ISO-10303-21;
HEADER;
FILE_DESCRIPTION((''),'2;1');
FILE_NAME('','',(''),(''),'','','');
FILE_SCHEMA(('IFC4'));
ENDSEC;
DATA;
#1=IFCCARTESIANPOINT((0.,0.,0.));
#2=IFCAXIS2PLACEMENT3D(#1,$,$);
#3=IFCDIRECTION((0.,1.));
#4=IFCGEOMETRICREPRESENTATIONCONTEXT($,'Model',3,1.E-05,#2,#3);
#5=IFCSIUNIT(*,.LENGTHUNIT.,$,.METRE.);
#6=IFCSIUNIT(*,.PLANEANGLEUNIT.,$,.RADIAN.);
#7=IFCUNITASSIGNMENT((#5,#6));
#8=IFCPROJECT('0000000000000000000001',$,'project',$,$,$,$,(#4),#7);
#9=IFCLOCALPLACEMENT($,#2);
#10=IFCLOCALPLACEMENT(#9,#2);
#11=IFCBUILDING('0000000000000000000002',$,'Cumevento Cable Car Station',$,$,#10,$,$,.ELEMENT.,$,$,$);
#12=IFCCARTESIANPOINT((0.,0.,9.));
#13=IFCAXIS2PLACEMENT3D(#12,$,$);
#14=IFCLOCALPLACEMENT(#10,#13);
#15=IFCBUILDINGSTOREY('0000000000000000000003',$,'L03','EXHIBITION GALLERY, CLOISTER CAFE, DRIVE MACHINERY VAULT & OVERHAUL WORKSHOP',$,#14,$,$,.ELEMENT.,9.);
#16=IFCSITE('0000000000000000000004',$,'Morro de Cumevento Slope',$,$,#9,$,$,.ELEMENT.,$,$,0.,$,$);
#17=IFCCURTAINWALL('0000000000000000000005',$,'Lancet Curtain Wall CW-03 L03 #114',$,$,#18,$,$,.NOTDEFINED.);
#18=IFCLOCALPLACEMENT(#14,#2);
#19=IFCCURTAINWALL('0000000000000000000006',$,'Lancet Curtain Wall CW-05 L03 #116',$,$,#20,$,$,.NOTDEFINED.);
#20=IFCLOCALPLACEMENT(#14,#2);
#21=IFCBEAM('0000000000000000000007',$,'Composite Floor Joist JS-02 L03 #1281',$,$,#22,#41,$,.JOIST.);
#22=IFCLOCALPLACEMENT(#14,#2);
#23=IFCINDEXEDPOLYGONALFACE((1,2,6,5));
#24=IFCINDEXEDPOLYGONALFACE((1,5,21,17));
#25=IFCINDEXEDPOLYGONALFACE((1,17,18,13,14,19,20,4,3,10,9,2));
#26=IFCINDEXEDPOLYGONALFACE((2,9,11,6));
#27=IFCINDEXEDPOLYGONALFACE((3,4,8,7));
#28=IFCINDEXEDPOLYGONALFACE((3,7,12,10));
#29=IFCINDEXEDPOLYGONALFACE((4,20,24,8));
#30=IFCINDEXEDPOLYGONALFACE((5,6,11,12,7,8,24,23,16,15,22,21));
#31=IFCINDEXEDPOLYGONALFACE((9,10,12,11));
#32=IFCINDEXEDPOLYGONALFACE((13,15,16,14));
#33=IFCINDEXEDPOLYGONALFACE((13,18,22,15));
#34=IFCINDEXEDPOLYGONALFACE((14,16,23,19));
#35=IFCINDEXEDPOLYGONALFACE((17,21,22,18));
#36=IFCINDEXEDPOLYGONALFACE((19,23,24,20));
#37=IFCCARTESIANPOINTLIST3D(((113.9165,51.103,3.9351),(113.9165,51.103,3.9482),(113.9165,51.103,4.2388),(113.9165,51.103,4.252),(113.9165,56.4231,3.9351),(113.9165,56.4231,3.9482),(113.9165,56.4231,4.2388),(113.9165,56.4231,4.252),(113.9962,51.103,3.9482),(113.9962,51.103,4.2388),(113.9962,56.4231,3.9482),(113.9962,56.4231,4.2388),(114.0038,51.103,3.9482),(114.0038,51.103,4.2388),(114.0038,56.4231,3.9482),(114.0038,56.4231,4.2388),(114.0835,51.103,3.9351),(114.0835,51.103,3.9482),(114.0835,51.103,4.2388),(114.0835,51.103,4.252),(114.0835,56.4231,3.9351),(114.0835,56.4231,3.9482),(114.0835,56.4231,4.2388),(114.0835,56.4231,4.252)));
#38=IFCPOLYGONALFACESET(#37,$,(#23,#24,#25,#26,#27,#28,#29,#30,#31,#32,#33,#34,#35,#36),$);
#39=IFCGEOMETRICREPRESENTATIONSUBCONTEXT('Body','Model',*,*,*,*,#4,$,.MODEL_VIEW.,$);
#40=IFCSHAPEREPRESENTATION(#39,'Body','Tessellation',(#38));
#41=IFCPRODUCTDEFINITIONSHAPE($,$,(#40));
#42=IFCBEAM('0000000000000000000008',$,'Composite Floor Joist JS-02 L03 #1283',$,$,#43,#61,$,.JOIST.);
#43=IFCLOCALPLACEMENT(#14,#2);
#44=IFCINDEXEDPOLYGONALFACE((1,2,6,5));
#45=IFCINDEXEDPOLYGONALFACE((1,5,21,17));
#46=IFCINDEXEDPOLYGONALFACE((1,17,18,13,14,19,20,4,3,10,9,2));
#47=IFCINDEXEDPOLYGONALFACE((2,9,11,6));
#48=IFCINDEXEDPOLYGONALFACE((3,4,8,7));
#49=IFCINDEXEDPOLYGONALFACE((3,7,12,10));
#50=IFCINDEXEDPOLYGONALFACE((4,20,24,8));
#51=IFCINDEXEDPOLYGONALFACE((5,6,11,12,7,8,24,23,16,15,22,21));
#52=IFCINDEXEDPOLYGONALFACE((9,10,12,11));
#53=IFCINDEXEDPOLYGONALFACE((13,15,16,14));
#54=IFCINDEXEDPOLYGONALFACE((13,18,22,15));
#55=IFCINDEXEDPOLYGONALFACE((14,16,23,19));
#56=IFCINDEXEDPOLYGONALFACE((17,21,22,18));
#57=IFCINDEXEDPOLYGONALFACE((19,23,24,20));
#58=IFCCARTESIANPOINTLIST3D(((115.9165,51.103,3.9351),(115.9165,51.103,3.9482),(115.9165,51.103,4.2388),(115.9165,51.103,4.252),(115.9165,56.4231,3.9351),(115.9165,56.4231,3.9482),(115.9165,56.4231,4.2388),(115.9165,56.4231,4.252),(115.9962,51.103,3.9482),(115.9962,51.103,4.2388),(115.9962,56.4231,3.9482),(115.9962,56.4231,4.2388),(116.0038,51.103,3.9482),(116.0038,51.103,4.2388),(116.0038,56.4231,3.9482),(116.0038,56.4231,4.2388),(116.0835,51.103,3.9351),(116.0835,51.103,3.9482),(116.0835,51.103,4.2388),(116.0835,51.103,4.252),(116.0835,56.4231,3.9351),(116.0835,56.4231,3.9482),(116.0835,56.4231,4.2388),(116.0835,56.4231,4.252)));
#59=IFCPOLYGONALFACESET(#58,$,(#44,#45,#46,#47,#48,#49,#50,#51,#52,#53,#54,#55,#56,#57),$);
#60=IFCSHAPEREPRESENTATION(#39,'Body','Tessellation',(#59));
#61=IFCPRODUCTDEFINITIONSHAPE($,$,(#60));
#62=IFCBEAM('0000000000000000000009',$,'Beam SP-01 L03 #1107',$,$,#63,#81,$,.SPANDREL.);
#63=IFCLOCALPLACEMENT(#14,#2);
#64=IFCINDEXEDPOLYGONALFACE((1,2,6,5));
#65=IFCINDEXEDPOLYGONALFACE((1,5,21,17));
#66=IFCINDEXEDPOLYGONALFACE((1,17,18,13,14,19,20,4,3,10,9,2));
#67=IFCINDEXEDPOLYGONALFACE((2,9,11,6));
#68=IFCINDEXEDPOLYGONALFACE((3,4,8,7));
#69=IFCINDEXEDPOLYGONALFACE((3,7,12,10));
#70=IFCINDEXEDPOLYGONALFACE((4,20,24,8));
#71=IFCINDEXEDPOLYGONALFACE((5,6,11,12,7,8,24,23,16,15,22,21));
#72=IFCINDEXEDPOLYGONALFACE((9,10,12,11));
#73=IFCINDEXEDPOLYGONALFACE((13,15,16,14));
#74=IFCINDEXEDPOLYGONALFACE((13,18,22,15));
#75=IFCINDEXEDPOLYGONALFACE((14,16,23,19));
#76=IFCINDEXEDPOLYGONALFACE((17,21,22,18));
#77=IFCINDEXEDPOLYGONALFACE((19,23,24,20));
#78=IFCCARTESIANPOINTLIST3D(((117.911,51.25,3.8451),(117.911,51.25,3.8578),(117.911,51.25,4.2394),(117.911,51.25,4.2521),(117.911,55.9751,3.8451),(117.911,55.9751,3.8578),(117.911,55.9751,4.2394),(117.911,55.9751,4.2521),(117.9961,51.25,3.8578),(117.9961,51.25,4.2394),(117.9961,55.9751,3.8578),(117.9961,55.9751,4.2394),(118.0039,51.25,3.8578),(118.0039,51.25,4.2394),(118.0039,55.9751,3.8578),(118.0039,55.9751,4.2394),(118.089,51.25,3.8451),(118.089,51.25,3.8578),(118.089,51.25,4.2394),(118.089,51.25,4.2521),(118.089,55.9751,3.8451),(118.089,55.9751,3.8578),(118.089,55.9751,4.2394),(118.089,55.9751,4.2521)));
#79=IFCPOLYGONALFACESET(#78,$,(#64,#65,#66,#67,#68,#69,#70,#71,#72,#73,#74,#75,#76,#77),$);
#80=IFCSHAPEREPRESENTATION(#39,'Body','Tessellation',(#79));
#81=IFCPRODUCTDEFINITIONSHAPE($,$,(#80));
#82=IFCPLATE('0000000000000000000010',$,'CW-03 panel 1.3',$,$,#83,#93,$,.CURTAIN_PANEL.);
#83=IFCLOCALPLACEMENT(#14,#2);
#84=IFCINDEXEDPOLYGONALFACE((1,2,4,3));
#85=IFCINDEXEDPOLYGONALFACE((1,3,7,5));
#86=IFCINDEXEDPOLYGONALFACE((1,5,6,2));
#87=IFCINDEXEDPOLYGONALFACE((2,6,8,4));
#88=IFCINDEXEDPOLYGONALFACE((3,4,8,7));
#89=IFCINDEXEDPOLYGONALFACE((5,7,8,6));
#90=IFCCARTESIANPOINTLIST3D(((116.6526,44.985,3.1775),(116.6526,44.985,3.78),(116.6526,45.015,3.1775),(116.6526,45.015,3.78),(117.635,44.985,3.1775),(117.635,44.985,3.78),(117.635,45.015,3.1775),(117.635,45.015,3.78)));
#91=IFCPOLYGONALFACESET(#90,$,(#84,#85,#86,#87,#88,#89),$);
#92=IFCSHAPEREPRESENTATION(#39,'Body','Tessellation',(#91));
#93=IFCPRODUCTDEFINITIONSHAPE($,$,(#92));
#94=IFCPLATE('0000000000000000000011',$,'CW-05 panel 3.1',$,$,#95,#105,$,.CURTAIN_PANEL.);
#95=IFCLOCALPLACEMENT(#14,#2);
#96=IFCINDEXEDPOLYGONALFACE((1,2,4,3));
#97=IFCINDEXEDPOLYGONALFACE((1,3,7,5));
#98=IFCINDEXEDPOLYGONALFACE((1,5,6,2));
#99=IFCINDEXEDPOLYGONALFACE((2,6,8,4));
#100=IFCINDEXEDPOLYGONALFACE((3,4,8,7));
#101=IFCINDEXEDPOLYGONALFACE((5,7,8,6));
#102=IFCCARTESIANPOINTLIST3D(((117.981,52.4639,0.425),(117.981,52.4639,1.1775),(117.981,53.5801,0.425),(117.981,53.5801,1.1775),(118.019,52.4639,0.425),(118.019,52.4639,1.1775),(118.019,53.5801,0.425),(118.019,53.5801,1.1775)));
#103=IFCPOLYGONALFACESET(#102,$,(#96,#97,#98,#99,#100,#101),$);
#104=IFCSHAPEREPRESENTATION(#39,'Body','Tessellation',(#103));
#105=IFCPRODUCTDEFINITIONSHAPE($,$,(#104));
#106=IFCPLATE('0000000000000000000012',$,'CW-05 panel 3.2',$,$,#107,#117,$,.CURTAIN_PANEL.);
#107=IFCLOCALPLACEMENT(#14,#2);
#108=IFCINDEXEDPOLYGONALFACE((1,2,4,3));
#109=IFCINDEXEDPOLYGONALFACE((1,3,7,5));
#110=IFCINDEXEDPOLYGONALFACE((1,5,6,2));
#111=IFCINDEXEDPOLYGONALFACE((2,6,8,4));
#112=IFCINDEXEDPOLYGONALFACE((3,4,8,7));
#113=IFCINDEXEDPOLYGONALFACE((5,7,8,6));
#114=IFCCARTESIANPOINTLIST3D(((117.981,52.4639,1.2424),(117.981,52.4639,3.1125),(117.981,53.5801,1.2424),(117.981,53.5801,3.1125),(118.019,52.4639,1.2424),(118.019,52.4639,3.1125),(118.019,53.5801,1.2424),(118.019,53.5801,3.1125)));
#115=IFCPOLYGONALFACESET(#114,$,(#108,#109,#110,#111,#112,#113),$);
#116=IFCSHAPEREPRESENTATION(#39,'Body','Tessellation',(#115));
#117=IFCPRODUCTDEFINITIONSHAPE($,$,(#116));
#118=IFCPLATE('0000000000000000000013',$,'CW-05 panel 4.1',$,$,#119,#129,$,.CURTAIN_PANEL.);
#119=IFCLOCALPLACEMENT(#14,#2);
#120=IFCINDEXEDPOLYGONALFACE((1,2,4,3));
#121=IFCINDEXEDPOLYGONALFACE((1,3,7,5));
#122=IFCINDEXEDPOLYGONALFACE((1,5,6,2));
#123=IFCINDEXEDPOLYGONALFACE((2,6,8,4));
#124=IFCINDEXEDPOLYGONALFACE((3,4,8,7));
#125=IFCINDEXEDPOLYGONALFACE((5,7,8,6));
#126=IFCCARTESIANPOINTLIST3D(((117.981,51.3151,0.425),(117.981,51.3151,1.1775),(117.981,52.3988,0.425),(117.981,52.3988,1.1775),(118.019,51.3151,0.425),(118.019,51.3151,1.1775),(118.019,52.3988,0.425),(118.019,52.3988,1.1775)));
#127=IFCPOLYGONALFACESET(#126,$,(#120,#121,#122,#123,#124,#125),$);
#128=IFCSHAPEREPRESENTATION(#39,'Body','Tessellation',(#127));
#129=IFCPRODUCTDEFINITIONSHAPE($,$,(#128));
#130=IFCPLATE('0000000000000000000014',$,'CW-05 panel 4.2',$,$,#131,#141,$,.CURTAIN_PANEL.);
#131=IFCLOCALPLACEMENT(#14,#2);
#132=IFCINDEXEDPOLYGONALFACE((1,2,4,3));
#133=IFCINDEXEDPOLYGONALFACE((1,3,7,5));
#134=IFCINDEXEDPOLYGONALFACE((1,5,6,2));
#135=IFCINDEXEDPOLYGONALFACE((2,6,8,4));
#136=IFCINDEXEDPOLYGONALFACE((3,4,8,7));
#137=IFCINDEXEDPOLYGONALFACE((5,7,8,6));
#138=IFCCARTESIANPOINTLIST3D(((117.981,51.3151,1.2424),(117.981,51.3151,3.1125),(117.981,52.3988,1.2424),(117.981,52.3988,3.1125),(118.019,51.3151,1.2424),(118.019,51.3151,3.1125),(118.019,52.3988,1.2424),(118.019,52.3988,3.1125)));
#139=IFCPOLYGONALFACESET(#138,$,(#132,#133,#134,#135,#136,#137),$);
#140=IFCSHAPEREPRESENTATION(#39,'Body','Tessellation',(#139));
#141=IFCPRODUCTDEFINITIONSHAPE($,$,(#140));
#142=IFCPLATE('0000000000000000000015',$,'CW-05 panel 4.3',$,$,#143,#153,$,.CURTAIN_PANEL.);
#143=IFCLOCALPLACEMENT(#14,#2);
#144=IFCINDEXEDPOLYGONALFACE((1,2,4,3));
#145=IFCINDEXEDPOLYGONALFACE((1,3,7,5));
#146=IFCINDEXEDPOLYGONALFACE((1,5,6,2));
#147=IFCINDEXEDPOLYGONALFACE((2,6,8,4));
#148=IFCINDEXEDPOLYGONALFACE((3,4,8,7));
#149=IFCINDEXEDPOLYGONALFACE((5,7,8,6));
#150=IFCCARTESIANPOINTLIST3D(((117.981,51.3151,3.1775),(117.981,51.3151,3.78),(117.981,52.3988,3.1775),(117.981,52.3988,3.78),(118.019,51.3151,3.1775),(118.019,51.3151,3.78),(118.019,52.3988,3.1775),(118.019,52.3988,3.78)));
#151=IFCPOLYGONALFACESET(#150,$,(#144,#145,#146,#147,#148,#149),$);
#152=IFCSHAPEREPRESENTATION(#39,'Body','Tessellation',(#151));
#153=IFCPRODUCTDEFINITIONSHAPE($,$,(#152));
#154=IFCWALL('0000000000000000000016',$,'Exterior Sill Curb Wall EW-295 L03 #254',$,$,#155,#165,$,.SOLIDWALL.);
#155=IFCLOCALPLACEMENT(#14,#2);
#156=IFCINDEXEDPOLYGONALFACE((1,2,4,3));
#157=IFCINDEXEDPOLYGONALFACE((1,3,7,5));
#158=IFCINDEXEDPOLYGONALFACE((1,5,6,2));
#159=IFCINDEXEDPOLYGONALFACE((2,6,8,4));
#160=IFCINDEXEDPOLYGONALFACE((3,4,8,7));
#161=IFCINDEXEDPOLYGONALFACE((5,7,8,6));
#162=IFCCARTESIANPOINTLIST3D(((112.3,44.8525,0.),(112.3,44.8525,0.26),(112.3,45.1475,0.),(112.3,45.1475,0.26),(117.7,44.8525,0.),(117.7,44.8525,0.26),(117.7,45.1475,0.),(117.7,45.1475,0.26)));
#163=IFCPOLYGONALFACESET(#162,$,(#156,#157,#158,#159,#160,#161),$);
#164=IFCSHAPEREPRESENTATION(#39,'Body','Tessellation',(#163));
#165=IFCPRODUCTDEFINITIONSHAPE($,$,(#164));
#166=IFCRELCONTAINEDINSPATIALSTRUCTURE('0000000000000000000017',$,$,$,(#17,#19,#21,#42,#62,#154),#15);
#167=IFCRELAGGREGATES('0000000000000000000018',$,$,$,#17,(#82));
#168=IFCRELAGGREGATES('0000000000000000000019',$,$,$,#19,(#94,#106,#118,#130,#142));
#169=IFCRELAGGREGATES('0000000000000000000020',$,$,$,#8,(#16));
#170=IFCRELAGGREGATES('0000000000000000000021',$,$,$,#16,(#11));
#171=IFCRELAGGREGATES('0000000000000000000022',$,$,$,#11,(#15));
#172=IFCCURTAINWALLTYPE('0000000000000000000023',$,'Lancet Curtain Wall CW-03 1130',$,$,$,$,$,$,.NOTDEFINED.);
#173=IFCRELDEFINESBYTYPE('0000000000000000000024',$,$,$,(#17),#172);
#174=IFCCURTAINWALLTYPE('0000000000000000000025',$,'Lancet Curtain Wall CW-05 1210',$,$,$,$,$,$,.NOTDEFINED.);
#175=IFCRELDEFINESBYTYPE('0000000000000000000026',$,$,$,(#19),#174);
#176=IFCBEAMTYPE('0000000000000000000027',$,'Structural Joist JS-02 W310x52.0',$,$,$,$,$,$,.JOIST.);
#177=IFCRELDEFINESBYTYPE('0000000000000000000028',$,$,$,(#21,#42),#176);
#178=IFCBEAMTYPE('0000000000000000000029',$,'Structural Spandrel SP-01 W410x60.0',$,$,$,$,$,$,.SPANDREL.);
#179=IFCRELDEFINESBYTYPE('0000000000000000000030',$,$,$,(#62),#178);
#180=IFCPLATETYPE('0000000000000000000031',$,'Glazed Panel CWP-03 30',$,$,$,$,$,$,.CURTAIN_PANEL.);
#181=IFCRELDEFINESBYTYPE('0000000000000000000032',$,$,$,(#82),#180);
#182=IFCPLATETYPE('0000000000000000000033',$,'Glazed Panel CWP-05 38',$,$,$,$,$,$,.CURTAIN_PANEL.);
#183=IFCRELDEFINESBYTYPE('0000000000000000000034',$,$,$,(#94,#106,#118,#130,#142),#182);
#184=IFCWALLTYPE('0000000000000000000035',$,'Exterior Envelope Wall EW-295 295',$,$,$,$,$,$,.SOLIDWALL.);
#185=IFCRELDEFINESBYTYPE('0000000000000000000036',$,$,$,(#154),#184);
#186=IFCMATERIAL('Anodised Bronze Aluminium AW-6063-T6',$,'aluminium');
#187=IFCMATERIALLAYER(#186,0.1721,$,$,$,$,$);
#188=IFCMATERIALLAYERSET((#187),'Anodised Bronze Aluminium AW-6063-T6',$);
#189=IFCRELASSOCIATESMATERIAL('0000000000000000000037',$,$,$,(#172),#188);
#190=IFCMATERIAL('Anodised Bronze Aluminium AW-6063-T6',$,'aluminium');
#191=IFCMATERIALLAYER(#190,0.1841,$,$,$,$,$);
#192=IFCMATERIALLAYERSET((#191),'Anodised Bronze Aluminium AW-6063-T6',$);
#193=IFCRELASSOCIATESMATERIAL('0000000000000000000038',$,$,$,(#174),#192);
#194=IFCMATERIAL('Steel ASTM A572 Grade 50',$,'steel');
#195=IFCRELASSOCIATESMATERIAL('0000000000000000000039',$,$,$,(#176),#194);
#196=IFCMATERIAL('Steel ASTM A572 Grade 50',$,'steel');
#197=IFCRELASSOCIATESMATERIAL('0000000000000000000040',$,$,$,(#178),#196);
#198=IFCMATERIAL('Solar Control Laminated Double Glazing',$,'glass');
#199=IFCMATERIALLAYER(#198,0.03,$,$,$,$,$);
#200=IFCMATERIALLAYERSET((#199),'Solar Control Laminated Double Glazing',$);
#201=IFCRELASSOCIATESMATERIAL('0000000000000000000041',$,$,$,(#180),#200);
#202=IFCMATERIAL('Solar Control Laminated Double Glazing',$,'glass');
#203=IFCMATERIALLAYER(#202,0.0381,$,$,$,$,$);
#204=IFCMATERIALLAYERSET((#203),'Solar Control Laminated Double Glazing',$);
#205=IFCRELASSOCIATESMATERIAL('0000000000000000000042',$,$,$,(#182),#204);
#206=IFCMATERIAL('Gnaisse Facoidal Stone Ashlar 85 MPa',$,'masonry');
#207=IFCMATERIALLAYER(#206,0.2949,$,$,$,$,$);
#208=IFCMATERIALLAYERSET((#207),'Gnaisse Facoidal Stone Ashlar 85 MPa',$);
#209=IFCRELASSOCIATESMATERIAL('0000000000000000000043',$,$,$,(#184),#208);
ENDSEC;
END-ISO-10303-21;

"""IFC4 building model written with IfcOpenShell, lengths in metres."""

from ifc_helpers import new_model, si_unit, direction, frame, frame_2d, origin, origin_2d, place, context, subcontext, project, spatial, rectangle, i_section, extrude, material, layer, layer_set, material_profile, profile_set, type_object, element, aggregate, save


model = new_model("IFC4")

# Units and contexts
model_context = context("Model", 3, precision=1e-05, world=origin(), true_north=direction((0.0, 1.0)))
body_context = subcontext(model_context, "Body", "Model", "MODEL_VIEW")
ifc_project = project(units=[si_unit("LENGTHUNIT", "METRE"), si_unit("PLANEANGLEUNIT", "RADIAN")], contexts=[model_context])

# Site, building, storey
site_placement = place(None, origin())
site = spatial("IfcSite", under=ifc_project, at=site_placement, Name="Morro de Cumevento Slope", CompositionType="ELEMENT", RefElevation=0.0)
building_placement = place(site_placement, origin())
building = spatial("IfcBuilding", under=site, at=building_placement, Name="Cumevento Cable Car Station", CompositionType="ELEMENT")
storey_placement = place(building_placement, frame((0.0, 0.0, 9.0)))
storey = spatial("IfcBuildingStorey", under=building, at=storey_placement, Name="L03", Description="EXHIBITION GALLERY, CLOISTER CAFE, DRIVE MACHINERY VAULT & OVERHAUL WORKSHOP", CompositionType="ELEMENT", Elevation=9.0)

# Curtain wall
ifc_material_1 = material(Name="Anodised Bronze Aluminium AW-6063-T6", Category="aluminium")
ifc_layer_1 = layer(ifc_material_1, 0.1721)
ifc_layer_set_1 = layer_set([ifc_layer_1], Name="Anodised Bronze Aluminium AW-6063-T6")
curtain_wall_type_1 = type_object("IfcCurtainWallType", Name="Lancet Curtain Wall CW-03 1130", PredefinedType="NOTDEFINED", material=ifc_layer_set_1)
curtain_wall_1_placement = place(storey_placement, origin())
curtain_wall_1 = element("IfcCurtainWall", 1, at=curtain_wall_1_placement, inside=storey, type_object=curtain_wall_type_1, Name="Lancet Curtain Wall CW-03 L03 #114", PredefinedType="NOTDEFINED")

# Curtain wall
ifc_material_2 = material(Name="Anodised Bronze Aluminium AW-6063-T6", Category="aluminium")
ifc_layer_2 = layer(ifc_material_2, 0.1841)
ifc_layer_set_2 = layer_set([ifc_layer_2], Name="Anodised Bronze Aluminium AW-6063-T6")
curtain_wall_type_2 = type_object("IfcCurtainWallType", Name="Lancet Curtain Wall CW-05 1210", PredefinedType="NOTDEFINED", material=ifc_layer_set_2)
curtain_wall_2_placement = place(storey_placement, origin())
curtain_wall_2 = element("IfcCurtainWall", 2, at=curtain_wall_2_placement, inside=storey, type_object=curtain_wall_type_2, Name="Lancet Curtain Wall CW-05 L03 #116", PredefinedType="NOTDEFINED")

# Beams
ifc_material_3 = material(Name="Steel ASTM A572 Grade 50", Category="steel")
ifc_material_profile_1 = material_profile(ifc_material_3, i_section(OverallWidth=0.167, OverallDepth=0.3169, WebThickness=0.0076, FlangeThickness=0.0132, at=origin_2d()), Name="W310x52.0")
ifc_profile_set_1 = profile_set([ifc_material_profile_1], Name="Steel ASTM A572 Grade 50")
beam_type_1 = type_object("IfcBeamType", Name="Structural Joist JS-02 W310x52.0", PredefinedType="JOIST", material=ifc_profile_set_1)
for number, where, z_axis, x_axis, name in (
    (3, (114.0, 51.103, 4.0935), (0.0, 1.0, 0.0), (-1.0, 0.0, 0.0), "Composite Floor Joist JS-02 L03 #1281"),
    (4, (116.0, 51.103, 4.0935), (0.0, 1.0, 0.0), (-1.0, 0.0, 0.0), "Composite Floor Joist JS-02 L03 #1283"),
):
    element("IfcBeam", number, at=place(storey_placement, frame(where, z_axis=z_axis, x_axis=x_axis)), inside=storey, type_object=beam_type_1, Name=name, PredefinedType="JOIST", context=body_context, shape_type="SweptSolid", body=[
        extrude(i_section(OverallWidth=0.167, OverallDepth=0.3169, WebThickness=0.0076, FlangeThickness=0.0132, at=origin_2d()), origin(), (0.0, 0.0, 1.0), 5.3201),
    ])
ifc_material_4 = material(Name="Steel ASTM A572 Grade 50", Category="steel")
ifc_material_profile_2 = material_profile(ifc_material_4, i_section(OverallWidth=0.178, OverallDepth=0.407, WebThickness=0.0078, FlangeThickness=0.0127, at=origin_2d()), Name="W410x60.0")
ifc_profile_set_2 = profile_set([ifc_material_profile_2], Name="Steel ASTM A572 Grade 50")
beam_type_2 = type_object("IfcBeamType", Name="Structural Spandrel SP-01 W410x60.0", PredefinedType="SPANDREL", material=ifc_profile_set_2)
beam_1_placement = place(storey_placement, frame((118.0, 51.25, 4.0486), z_axis=(0.0, 1.0, 0.0), x_axis=(-1.0, 0.0, 0.0)))
element("IfcBeam", 5, at=beam_1_placement, inside=storey, type_object=beam_type_2, Name="Beam SP-01 L03 #1107", PredefinedType="SPANDREL", context=body_context, shape_type="SweptSolid", body=[
    extrude(i_section(OverallWidth=0.178, OverallDepth=0.407, WebThickness=0.0078, FlangeThickness=0.0127, at=origin_2d()), origin(), (0.0, 0.0, 1.0), 4.7251),
])

# Plates
ifc_material_5 = material(Name="Solar Control Laminated Double Glazing", Category="glass")
ifc_layer_3 = layer(ifc_material_5, 0.03)
ifc_layer_set_3 = layer_set([ifc_layer_3], Name="Solar Control Laminated Double Glazing")
plate_type_1 = type_object("IfcPlateType", Name="Glazed Panel CWP-03 30", PredefinedType="CURTAIN_PANEL", material=ifc_layer_set_3)
plate_1_placement = place(storey_placement, frame((117.1438, 45.0, 3.1775), z_axis=(0.0, 0.0, 1.0), x_axis=(-1.0, 0.0, 0.0)))
plate_1 = element("IfcPlate", 6, at=plate_1_placement, type_object=plate_type_1, Name="CW-03 panel 1.3", PredefinedType="CURTAIN_PANEL", context=body_context, shape_type="SweptSolid", body=[
    extrude(rectangle(XDim=0.9824, YDim=0.03, at=origin_2d()), origin(), (0.0, 0.0, 1.0), 0.6025),
])
aggregate(curtain_wall_1, [plate_1])
ifc_material_6 = material(Name="Solar Control Laminated Double Glazing", Category="glass")
ifc_layer_4 = layer(ifc_material_6, 0.0381)
ifc_layer_set_4 = layer_set([ifc_layer_4], Name="Solar Control Laminated Double Glazing")
plate_type_2 = type_object("IfcPlateType", Name="Glazed Panel CWP-05 38", PredefinedType="CURTAIN_PANEL", material=ifc_layer_set_4)
plate_2_placement = place(storey_placement, frame((118.0, 53.022, 0.425), z_axis=(0.0, 0.0, 1.0), x_axis=(0.0, -1.0, 0.0)))
plate_2 = element("IfcPlate", 7, at=plate_2_placement, type_object=plate_type_2, Name="CW-05 panel 3.1", PredefinedType="CURTAIN_PANEL", context=body_context, shape_type="SweptSolid", body=[
    extrude(rectangle(XDim=1.1162, YDim=0.0381, at=origin_2d()), origin(), (0.0, 0.0, 1.0), 0.7524),
])
plate_3_placement = place(storey_placement, frame((118.0, 53.022, 1.2424), z_axis=(0.0, 0.0, 1.0), x_axis=(0.0, -1.0, 0.0)))
plate_3 = element("IfcPlate", 8, at=plate_3_placement, type_object=plate_type_2, Name="CW-05 panel 3.2", PredefinedType="CURTAIN_PANEL", context=body_context, shape_type="SweptSolid", body=[
    extrude(rectangle(XDim=1.1162, YDim=0.0381, at=origin_2d()), origin(), (0.0, 0.0, 1.0), 1.8701),
])
plate_4_placement = place(storey_placement, frame((118.0, 51.8569, 0.425), z_axis=(0.0, 0.0, 1.0), x_axis=(0.0, -1.0, 0.0)))
plate_4 = element("IfcPlate", 9, at=plate_4_placement, type_object=plate_type_2, Name="CW-05 panel 4.1", PredefinedType="CURTAIN_PANEL", context=body_context, shape_type="SweptSolid", body=[
    extrude(rectangle(XDim=1.0837, YDim=0.0381, at=origin_2d()), origin(), (0.0, 0.0, 1.0), 0.7524),
])
plate_5_placement = place(storey_placement, frame((118.0, 51.8569, 1.2424), z_axis=(0.0, 0.0, 1.0), x_axis=(0.0, -1.0, 0.0)))
plate_5 = element("IfcPlate", 10, at=plate_5_placement, type_object=plate_type_2, Name="CW-05 panel 4.2", PredefinedType="CURTAIN_PANEL", context=body_context, shape_type="SweptSolid", body=[
    extrude(rectangle(XDim=1.0837, YDim=0.0381, at=origin_2d()), origin(), (0.0, 0.0, 1.0), 1.8701),
])
plate_6_placement = place(storey_placement, frame((118.0, 51.8569, 3.1775), z_axis=(0.0, 0.0, 1.0), x_axis=(0.0, -1.0, 0.0)))
plate_6 = element("IfcPlate", 11, at=plate_6_placement, type_object=plate_type_2, Name="CW-05 panel 4.3", PredefinedType="CURTAIN_PANEL", context=body_context, shape_type="SweptSolid", body=[
    extrude(rectangle(XDim=1.0837, YDim=0.0381, at=origin_2d()), origin(), (0.0, 0.0, 1.0), 0.6025),
])
aggregate(curtain_wall_2, [plate_2, plate_3, plate_4, plate_5, plate_6])

# Wall
ifc_material_7 = material(Name="Gnaisse Facoidal Stone Ashlar 85 MPa", Category="masonry")
ifc_layer_5 = layer(ifc_material_7, 0.2949)
ifc_layer_set_5 = layer_set([ifc_layer_5], Name="Gnaisse Facoidal Stone Ashlar 85 MPa")
wall_type_1 = type_object("IfcWallType", Name="Exterior Envelope Wall EW-295 295", PredefinedType="SOLIDWALL", material=ifc_layer_set_5)
wall_1_placement = place(storey_placement, frame((117.7, 45.0, 0.0), z_axis=(0.0, 0.0, 1.0), x_axis=(-1.0, 0.0, 0.0)))
element("IfcWall", 12, at=wall_1_placement, inside=storey, type_object=wall_type_1, Name="Exterior Sill Curb Wall EW-295 L03 #254", PredefinedType="SOLIDWALL", context=body_context, shape_type="SweptSolid", body=[
    extrude(rectangle(XDim=5.3999, YDim=0.2949, at=frame_2d((2.7, 0.0))), origin(), (0.0, 0.0, 1.0), 0.26),
])

save(model, "model.ifc")
